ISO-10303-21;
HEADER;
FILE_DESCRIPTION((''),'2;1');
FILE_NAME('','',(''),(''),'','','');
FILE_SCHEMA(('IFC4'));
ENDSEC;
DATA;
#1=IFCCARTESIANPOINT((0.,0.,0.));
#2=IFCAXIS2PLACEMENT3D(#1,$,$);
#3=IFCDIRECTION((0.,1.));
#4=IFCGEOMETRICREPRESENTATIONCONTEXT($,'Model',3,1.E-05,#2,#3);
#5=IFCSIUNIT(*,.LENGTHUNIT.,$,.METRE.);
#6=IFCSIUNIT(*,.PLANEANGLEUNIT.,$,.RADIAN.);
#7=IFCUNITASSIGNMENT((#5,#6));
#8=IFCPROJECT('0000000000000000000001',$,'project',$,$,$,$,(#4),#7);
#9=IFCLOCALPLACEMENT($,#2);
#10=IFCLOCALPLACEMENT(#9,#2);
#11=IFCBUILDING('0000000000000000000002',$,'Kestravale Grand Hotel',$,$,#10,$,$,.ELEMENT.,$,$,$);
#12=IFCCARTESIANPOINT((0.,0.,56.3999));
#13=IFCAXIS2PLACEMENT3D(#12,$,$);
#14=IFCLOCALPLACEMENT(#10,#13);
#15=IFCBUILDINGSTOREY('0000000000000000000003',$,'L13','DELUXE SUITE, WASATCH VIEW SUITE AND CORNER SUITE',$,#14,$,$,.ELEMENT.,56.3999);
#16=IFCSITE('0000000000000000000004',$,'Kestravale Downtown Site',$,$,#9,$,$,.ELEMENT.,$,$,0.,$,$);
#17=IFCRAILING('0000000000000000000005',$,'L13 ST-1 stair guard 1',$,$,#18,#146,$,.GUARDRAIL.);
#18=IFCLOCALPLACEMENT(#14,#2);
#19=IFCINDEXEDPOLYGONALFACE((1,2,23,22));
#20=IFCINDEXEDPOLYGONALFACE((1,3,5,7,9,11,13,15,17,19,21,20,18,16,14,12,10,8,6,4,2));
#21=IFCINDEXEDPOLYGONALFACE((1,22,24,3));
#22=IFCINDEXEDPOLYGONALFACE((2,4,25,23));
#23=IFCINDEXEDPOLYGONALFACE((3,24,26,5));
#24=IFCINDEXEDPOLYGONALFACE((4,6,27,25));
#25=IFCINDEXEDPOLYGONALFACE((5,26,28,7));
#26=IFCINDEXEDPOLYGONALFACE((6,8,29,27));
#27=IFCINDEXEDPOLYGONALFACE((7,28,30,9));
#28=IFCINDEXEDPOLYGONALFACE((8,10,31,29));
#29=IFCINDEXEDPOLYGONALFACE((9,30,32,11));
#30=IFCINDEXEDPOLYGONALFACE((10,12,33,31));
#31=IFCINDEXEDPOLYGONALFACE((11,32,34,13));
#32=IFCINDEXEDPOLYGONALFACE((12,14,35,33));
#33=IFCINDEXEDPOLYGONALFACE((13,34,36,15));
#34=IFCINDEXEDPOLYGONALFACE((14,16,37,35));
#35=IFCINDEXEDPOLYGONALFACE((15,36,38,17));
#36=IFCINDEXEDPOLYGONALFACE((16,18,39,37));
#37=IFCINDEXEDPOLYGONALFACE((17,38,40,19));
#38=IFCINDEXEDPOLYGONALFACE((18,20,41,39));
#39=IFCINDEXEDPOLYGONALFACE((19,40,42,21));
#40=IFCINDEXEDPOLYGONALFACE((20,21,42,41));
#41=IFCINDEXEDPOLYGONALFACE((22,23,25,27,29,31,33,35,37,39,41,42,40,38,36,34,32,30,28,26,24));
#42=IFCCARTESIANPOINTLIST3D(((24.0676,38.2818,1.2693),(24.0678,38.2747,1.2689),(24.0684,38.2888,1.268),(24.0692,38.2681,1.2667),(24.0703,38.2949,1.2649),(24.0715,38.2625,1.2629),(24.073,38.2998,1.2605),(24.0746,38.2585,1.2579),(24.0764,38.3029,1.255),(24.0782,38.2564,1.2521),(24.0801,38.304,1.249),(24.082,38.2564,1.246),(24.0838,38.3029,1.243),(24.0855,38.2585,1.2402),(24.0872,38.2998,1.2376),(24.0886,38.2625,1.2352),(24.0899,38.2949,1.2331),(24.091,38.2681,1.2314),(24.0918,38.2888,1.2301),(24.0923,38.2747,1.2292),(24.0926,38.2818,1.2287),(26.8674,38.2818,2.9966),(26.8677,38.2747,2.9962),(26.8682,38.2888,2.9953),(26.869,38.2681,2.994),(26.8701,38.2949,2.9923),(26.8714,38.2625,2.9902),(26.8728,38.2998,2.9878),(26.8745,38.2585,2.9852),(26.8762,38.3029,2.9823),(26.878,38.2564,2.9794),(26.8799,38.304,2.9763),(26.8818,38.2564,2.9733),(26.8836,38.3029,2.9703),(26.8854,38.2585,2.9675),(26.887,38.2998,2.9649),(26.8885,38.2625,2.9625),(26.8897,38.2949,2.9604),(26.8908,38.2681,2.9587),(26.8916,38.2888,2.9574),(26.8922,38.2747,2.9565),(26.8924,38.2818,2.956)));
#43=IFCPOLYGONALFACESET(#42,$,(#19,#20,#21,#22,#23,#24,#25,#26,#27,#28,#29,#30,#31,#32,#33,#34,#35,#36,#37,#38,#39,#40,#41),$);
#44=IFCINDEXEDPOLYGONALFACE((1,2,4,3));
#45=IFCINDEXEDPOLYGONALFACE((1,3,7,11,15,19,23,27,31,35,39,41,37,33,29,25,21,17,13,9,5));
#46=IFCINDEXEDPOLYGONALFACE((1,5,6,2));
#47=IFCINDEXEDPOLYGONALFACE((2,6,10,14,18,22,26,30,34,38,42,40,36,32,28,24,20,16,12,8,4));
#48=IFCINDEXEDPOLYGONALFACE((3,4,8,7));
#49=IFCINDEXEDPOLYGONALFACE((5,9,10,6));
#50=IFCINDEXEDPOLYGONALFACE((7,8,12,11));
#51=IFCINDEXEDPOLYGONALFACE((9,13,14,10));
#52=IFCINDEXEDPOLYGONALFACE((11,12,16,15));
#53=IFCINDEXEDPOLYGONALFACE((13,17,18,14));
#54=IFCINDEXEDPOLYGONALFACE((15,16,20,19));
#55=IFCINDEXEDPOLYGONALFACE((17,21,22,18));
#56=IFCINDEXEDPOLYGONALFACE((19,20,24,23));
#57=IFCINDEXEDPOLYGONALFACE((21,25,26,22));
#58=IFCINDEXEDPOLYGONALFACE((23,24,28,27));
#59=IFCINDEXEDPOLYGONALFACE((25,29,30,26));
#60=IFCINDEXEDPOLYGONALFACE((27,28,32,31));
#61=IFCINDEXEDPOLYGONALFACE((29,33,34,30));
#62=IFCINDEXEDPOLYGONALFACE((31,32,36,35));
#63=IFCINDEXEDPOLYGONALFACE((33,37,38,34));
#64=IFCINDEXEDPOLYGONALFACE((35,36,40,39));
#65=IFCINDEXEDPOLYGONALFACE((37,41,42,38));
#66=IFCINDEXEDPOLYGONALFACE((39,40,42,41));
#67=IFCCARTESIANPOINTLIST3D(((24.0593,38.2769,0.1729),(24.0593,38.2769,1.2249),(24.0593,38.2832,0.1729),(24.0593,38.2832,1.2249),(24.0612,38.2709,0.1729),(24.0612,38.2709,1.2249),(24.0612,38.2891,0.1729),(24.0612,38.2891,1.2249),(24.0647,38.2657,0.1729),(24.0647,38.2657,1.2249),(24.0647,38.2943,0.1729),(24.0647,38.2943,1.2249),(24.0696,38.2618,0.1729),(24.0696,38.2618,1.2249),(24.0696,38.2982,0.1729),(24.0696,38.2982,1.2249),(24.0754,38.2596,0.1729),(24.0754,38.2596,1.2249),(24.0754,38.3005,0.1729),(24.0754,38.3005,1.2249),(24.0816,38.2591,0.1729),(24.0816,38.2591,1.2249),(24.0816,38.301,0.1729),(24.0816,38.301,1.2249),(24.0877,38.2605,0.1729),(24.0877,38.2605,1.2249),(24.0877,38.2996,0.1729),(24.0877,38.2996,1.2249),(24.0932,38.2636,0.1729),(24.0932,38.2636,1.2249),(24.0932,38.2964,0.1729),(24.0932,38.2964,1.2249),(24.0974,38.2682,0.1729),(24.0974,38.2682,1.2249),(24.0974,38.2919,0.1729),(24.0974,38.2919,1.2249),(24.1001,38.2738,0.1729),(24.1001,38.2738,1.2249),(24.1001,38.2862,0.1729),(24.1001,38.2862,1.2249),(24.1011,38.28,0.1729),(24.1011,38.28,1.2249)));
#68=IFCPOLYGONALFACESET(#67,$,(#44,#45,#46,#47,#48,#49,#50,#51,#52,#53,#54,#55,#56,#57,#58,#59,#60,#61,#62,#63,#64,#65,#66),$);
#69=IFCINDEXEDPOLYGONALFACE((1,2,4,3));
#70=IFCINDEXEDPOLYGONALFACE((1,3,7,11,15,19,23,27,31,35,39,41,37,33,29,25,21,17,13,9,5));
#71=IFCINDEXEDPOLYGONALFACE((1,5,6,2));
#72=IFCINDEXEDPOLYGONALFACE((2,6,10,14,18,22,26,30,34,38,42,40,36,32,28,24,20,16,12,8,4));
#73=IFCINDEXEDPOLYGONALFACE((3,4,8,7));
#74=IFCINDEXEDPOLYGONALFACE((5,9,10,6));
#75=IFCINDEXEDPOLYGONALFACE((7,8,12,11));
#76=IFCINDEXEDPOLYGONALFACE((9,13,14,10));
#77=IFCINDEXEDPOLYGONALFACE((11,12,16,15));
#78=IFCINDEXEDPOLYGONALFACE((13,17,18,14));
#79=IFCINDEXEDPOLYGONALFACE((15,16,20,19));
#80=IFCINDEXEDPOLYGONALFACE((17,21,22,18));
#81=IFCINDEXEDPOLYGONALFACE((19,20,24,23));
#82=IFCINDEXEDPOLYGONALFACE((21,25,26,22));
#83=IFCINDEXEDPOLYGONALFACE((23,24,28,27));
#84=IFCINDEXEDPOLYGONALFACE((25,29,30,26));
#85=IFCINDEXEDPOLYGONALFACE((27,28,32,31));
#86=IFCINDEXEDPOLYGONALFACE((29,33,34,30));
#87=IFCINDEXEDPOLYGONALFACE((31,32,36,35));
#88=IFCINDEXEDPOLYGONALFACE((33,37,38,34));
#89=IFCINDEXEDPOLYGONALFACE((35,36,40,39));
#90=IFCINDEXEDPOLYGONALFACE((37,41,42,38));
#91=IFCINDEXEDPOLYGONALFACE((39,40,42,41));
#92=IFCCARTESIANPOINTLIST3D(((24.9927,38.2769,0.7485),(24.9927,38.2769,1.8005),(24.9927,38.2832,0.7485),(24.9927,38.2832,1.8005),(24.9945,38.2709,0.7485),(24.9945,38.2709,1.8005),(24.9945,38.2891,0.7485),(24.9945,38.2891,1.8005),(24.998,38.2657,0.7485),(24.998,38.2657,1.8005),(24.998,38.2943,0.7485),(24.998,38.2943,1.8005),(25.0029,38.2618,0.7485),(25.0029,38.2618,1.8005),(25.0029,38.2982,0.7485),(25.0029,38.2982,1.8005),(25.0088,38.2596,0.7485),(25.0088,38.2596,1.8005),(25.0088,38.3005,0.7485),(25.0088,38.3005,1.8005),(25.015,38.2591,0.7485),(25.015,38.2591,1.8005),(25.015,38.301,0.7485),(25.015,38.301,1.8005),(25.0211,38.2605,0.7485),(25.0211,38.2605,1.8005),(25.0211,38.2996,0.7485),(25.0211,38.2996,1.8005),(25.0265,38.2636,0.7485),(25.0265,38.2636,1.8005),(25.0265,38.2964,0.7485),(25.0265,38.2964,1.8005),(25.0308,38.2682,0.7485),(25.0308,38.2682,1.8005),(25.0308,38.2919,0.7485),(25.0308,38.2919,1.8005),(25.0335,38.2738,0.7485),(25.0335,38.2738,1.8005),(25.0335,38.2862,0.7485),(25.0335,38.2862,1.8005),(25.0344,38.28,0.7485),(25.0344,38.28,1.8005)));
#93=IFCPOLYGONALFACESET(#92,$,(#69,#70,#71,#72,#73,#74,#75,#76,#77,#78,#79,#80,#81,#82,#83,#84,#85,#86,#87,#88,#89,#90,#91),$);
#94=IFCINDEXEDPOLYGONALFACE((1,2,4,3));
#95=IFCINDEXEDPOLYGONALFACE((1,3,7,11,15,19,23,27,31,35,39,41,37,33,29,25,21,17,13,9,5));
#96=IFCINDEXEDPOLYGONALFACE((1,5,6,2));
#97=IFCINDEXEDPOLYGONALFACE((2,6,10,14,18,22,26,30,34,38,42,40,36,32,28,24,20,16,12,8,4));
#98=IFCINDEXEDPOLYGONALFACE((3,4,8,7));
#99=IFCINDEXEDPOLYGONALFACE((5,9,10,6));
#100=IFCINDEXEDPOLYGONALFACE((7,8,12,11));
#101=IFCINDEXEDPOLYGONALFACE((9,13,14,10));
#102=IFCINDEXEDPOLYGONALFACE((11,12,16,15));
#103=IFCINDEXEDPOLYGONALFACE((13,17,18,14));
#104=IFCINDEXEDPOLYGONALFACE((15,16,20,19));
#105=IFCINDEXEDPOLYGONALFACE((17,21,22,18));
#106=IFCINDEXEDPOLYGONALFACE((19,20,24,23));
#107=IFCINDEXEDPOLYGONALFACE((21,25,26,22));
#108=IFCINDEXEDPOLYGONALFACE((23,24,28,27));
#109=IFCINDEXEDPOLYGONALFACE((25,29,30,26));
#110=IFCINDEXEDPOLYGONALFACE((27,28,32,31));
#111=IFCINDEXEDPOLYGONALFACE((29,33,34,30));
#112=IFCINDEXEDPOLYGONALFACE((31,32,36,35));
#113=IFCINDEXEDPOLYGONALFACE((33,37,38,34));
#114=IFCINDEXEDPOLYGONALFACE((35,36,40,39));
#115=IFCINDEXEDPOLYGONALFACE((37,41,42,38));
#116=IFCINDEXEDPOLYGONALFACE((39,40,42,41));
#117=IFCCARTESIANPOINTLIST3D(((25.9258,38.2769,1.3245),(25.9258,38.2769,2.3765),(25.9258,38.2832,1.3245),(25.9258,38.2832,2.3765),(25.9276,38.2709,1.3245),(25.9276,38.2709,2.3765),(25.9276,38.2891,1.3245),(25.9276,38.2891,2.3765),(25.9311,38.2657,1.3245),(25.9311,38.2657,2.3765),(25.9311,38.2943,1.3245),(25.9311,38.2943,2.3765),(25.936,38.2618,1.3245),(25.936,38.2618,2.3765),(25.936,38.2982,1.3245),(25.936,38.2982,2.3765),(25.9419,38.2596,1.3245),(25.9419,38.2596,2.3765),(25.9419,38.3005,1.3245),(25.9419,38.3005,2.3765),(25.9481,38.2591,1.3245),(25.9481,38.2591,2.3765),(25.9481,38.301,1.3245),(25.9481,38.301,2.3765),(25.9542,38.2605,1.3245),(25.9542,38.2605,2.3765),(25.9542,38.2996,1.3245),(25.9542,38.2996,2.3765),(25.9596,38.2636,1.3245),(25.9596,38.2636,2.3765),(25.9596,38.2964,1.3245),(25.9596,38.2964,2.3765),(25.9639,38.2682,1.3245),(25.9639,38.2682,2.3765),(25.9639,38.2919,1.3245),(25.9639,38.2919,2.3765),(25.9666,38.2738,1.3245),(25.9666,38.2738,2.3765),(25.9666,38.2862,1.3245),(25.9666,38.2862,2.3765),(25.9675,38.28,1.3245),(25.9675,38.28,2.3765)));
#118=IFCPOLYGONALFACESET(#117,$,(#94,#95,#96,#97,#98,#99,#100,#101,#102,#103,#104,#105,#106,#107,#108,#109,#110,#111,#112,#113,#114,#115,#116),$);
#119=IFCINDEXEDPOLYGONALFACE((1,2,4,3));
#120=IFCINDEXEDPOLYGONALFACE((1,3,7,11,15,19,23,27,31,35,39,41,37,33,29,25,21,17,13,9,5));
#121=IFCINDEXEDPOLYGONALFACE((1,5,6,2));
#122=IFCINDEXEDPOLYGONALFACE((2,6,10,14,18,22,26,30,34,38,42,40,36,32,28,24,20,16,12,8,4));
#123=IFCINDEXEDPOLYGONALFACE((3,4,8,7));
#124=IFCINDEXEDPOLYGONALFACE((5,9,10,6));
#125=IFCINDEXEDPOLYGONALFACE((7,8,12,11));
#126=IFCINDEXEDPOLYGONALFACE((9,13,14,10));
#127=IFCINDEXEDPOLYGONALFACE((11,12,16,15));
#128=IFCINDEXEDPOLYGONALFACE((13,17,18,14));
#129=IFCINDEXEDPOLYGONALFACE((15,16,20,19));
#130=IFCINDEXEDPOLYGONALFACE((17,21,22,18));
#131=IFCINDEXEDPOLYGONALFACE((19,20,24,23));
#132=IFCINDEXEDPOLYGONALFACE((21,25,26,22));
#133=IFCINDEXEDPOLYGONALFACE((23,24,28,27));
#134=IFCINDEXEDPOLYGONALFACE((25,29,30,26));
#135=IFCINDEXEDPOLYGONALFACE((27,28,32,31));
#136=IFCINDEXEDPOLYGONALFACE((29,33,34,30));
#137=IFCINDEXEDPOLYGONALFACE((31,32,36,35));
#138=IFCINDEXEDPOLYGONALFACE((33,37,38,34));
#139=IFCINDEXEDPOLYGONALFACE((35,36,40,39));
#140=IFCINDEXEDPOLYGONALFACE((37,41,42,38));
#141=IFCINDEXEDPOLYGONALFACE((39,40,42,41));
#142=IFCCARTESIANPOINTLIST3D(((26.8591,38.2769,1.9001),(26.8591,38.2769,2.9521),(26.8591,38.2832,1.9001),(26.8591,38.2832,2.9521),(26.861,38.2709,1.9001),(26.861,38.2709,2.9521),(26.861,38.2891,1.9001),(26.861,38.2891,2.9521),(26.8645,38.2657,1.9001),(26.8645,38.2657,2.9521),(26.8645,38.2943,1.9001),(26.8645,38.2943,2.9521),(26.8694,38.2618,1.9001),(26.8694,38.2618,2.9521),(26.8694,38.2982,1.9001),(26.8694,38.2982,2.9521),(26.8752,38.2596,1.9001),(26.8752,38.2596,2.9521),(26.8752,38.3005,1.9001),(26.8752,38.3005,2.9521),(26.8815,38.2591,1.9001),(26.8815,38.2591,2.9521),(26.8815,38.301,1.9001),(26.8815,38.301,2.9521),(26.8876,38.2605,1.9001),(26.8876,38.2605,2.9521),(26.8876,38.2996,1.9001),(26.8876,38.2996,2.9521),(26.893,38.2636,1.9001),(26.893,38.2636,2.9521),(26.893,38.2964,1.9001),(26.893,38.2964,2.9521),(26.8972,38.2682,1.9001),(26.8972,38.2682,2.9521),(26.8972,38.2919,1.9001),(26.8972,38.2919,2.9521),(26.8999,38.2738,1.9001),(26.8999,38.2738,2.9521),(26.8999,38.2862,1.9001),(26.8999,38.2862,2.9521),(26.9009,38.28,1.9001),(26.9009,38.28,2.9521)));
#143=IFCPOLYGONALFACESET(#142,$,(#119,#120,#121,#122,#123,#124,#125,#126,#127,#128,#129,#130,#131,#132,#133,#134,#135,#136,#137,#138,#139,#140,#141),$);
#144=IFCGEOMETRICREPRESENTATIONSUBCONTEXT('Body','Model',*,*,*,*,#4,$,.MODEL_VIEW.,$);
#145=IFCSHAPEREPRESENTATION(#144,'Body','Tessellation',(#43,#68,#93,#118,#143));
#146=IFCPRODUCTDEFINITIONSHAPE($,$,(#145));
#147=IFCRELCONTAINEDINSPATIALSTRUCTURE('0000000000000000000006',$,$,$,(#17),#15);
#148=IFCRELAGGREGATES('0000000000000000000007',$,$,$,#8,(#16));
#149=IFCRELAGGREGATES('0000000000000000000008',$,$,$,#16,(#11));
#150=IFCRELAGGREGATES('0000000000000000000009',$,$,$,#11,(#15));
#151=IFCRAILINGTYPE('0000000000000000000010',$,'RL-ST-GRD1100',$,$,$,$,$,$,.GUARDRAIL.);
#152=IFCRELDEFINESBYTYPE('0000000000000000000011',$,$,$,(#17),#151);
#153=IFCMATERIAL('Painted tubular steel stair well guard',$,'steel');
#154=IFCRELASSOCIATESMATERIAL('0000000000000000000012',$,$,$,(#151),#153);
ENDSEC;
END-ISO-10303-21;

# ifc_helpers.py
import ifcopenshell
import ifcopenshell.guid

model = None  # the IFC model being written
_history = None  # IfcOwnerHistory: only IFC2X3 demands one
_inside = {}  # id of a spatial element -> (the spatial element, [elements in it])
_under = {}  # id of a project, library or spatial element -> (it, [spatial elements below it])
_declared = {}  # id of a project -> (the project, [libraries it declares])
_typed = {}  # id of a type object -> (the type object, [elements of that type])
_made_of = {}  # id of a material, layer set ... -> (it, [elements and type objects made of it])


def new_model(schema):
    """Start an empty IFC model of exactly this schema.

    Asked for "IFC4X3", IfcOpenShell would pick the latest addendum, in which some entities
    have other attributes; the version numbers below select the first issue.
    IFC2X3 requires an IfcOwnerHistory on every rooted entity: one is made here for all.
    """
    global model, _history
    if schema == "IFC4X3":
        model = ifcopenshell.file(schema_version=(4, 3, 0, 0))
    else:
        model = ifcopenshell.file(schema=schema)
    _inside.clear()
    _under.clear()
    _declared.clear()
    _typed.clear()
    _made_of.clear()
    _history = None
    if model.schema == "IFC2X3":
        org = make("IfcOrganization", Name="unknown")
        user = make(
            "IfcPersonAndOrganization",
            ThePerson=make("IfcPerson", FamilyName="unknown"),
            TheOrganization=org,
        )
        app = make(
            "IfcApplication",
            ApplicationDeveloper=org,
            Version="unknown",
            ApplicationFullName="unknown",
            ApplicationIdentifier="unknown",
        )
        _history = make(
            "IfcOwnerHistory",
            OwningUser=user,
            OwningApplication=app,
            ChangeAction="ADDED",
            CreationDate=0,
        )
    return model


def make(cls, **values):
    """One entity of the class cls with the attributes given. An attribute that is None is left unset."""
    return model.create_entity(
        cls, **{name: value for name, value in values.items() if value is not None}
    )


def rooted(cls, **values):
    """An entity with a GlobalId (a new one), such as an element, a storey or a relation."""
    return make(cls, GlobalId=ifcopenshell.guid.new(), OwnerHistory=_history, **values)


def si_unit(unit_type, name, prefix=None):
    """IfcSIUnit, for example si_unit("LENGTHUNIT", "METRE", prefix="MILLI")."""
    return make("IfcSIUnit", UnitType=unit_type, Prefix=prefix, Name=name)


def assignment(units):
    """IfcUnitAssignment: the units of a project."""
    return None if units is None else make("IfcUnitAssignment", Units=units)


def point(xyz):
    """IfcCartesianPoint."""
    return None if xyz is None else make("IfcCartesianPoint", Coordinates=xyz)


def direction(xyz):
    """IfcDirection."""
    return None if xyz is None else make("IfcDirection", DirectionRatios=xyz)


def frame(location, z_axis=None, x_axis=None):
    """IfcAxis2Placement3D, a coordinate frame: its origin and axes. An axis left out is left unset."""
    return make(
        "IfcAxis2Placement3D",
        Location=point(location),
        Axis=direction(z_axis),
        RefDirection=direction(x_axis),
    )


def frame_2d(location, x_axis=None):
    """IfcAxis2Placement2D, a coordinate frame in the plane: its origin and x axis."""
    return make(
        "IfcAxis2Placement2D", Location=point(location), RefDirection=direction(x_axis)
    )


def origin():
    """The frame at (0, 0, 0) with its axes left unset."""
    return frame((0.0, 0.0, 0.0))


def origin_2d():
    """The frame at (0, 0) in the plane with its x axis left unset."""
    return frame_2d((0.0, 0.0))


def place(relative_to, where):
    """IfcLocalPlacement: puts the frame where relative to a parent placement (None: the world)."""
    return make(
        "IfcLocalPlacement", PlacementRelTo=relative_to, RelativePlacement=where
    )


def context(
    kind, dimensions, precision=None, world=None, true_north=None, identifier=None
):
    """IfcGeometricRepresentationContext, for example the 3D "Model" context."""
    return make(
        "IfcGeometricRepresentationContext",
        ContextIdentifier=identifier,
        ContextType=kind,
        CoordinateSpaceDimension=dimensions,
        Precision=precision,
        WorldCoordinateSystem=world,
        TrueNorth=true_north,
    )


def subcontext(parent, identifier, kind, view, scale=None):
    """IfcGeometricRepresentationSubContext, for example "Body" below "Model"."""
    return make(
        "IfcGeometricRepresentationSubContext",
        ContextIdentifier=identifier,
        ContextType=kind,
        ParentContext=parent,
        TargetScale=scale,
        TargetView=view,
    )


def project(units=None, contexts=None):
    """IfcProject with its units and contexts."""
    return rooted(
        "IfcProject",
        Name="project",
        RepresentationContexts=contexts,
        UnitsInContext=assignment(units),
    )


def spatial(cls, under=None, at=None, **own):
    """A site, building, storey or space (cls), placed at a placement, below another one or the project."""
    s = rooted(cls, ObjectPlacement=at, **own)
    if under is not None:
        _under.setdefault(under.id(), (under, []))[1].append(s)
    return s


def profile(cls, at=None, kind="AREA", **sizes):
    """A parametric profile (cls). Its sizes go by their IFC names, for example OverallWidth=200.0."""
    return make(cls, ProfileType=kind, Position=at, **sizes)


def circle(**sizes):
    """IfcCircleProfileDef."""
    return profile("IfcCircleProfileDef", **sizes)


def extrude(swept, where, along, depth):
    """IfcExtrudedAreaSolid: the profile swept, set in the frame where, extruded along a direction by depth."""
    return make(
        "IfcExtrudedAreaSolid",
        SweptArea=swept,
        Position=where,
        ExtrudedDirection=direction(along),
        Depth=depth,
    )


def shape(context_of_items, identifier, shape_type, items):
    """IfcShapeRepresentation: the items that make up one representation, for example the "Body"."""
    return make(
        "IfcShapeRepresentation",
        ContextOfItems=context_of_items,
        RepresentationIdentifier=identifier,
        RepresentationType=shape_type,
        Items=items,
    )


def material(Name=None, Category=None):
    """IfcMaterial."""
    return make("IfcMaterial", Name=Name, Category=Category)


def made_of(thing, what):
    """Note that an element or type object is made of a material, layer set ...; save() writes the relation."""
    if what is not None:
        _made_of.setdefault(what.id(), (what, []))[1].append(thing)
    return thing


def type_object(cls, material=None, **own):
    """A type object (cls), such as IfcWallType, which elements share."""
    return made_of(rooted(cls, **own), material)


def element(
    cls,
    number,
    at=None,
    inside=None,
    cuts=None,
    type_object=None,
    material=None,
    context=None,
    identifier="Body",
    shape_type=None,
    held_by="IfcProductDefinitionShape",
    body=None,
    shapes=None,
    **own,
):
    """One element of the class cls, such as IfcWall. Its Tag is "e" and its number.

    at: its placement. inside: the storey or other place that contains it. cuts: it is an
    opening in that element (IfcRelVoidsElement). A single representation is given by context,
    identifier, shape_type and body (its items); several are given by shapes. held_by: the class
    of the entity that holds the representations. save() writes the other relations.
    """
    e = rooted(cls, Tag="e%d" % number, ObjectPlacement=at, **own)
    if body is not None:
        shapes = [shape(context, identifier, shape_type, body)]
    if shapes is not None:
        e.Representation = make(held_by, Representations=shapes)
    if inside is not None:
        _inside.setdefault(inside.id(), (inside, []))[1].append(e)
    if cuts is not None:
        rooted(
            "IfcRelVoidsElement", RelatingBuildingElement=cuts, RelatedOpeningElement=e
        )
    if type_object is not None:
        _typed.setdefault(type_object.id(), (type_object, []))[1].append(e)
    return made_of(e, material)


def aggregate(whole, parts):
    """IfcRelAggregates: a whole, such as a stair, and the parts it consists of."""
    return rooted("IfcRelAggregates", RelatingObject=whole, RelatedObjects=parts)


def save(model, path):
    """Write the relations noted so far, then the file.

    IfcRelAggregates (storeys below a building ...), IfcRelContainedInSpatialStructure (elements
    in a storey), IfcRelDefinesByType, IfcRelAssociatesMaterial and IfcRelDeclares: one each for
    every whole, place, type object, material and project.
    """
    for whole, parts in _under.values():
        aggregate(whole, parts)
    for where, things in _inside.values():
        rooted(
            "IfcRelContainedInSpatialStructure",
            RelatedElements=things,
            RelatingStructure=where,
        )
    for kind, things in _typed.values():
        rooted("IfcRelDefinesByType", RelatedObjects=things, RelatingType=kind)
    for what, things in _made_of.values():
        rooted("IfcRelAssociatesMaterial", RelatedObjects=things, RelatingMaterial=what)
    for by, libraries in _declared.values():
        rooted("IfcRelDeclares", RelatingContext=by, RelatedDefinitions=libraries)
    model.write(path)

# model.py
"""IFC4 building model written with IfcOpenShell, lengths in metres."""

from ifc_helpers import new_model, si_unit, direction, frame, origin, origin_2d, place, context, subcontext, project, spatial, circle, extrude, material, type_object, element, save


model = new_model("IFC4")

# Units and contexts
model_context = context("Model", 3, precision=1e-05, world=origin(), true_north=direction((0.0, 1.0)))
body_context = subcontext(model_context, "Body", "Model", "MODEL_VIEW")
ifc_project = project(units=[si_unit("LENGTHUNIT", "METRE"), si_unit("PLANEANGLEUNIT", "RADIAN")], contexts=[model_context])

# Site, building, storey
site_placement = place(None, origin())
site = spatial("IfcSite", under=ifc_project, at=site_placement, Name="Kestravale Downtown Site", CompositionType="ELEMENT", RefElevation=0.0)
building_placement = place(site_placement, origin())
building = spatial("IfcBuilding", under=site, at=building_placement, Name="Kestravale Grand Hotel", CompositionType="ELEMENT")
storey_placement = place(building_placement, frame((0.0, 0.0, 56.3999)))
storey = spatial("IfcBuildingStorey", under=building, at=storey_placement, Name="L13", Description="DELUXE SUITE, WASATCH VIEW SUITE AND CORNER SUITE", CompositionType="ELEMENT", Elevation=56.3999)

# Railing
ifc_material_1 = material(Name="Painted tubular steel stair well guard", Category="steel")
railing_type_1 = type_object("IfcRailingType", Name="RL-ST-GRD1100", PredefinedType="GUARDRAIL", material=ifc_material_1)
railing_1_placement = place(storey_placement, frame((24.0801, 38.28, 0.1729)))
element("IfcRailing", 1, at=railing_1_placement, inside=storey, type_object=railing_type_1, Name="L13 ST-1 stair guard 1", PredefinedType="GUARDRAIL", context=body_context, shape_type="SweptSolid", body=[
    extrude(circle(Radius=0.0239, at=origin_2d()), frame((0.0, 0.0, 1.0762), z_axis=(0.851069, 0.0, 0.525054), x_axis=(0.0, 1.0, 0.0)), (0.0, 0.0, 1.0), 3.2898),
    extrude(circle(Radius=0.021, at=origin_2d()), origin(), (0.0, 0.0, 1.0), 1.052),
    extrude(circle(Radius=0.021, at=origin_2d()), frame((0.9333, 0.0, 0.5757)), (0.0, 0.0, 1.0), 1.052),
    extrude(circle(Radius=0.021, at=origin_2d()), frame((1.8665, 0.0, 1.1516)), (0.0, 0.0, 1.0), 1.052),
    extrude(circle(Radius=0.021, at=origin_2d()), frame((2.7998, 0.0, 1.7273)), (0.0, 0.0, 1.0), 1.052),
])

save(model, "model.ifc")
